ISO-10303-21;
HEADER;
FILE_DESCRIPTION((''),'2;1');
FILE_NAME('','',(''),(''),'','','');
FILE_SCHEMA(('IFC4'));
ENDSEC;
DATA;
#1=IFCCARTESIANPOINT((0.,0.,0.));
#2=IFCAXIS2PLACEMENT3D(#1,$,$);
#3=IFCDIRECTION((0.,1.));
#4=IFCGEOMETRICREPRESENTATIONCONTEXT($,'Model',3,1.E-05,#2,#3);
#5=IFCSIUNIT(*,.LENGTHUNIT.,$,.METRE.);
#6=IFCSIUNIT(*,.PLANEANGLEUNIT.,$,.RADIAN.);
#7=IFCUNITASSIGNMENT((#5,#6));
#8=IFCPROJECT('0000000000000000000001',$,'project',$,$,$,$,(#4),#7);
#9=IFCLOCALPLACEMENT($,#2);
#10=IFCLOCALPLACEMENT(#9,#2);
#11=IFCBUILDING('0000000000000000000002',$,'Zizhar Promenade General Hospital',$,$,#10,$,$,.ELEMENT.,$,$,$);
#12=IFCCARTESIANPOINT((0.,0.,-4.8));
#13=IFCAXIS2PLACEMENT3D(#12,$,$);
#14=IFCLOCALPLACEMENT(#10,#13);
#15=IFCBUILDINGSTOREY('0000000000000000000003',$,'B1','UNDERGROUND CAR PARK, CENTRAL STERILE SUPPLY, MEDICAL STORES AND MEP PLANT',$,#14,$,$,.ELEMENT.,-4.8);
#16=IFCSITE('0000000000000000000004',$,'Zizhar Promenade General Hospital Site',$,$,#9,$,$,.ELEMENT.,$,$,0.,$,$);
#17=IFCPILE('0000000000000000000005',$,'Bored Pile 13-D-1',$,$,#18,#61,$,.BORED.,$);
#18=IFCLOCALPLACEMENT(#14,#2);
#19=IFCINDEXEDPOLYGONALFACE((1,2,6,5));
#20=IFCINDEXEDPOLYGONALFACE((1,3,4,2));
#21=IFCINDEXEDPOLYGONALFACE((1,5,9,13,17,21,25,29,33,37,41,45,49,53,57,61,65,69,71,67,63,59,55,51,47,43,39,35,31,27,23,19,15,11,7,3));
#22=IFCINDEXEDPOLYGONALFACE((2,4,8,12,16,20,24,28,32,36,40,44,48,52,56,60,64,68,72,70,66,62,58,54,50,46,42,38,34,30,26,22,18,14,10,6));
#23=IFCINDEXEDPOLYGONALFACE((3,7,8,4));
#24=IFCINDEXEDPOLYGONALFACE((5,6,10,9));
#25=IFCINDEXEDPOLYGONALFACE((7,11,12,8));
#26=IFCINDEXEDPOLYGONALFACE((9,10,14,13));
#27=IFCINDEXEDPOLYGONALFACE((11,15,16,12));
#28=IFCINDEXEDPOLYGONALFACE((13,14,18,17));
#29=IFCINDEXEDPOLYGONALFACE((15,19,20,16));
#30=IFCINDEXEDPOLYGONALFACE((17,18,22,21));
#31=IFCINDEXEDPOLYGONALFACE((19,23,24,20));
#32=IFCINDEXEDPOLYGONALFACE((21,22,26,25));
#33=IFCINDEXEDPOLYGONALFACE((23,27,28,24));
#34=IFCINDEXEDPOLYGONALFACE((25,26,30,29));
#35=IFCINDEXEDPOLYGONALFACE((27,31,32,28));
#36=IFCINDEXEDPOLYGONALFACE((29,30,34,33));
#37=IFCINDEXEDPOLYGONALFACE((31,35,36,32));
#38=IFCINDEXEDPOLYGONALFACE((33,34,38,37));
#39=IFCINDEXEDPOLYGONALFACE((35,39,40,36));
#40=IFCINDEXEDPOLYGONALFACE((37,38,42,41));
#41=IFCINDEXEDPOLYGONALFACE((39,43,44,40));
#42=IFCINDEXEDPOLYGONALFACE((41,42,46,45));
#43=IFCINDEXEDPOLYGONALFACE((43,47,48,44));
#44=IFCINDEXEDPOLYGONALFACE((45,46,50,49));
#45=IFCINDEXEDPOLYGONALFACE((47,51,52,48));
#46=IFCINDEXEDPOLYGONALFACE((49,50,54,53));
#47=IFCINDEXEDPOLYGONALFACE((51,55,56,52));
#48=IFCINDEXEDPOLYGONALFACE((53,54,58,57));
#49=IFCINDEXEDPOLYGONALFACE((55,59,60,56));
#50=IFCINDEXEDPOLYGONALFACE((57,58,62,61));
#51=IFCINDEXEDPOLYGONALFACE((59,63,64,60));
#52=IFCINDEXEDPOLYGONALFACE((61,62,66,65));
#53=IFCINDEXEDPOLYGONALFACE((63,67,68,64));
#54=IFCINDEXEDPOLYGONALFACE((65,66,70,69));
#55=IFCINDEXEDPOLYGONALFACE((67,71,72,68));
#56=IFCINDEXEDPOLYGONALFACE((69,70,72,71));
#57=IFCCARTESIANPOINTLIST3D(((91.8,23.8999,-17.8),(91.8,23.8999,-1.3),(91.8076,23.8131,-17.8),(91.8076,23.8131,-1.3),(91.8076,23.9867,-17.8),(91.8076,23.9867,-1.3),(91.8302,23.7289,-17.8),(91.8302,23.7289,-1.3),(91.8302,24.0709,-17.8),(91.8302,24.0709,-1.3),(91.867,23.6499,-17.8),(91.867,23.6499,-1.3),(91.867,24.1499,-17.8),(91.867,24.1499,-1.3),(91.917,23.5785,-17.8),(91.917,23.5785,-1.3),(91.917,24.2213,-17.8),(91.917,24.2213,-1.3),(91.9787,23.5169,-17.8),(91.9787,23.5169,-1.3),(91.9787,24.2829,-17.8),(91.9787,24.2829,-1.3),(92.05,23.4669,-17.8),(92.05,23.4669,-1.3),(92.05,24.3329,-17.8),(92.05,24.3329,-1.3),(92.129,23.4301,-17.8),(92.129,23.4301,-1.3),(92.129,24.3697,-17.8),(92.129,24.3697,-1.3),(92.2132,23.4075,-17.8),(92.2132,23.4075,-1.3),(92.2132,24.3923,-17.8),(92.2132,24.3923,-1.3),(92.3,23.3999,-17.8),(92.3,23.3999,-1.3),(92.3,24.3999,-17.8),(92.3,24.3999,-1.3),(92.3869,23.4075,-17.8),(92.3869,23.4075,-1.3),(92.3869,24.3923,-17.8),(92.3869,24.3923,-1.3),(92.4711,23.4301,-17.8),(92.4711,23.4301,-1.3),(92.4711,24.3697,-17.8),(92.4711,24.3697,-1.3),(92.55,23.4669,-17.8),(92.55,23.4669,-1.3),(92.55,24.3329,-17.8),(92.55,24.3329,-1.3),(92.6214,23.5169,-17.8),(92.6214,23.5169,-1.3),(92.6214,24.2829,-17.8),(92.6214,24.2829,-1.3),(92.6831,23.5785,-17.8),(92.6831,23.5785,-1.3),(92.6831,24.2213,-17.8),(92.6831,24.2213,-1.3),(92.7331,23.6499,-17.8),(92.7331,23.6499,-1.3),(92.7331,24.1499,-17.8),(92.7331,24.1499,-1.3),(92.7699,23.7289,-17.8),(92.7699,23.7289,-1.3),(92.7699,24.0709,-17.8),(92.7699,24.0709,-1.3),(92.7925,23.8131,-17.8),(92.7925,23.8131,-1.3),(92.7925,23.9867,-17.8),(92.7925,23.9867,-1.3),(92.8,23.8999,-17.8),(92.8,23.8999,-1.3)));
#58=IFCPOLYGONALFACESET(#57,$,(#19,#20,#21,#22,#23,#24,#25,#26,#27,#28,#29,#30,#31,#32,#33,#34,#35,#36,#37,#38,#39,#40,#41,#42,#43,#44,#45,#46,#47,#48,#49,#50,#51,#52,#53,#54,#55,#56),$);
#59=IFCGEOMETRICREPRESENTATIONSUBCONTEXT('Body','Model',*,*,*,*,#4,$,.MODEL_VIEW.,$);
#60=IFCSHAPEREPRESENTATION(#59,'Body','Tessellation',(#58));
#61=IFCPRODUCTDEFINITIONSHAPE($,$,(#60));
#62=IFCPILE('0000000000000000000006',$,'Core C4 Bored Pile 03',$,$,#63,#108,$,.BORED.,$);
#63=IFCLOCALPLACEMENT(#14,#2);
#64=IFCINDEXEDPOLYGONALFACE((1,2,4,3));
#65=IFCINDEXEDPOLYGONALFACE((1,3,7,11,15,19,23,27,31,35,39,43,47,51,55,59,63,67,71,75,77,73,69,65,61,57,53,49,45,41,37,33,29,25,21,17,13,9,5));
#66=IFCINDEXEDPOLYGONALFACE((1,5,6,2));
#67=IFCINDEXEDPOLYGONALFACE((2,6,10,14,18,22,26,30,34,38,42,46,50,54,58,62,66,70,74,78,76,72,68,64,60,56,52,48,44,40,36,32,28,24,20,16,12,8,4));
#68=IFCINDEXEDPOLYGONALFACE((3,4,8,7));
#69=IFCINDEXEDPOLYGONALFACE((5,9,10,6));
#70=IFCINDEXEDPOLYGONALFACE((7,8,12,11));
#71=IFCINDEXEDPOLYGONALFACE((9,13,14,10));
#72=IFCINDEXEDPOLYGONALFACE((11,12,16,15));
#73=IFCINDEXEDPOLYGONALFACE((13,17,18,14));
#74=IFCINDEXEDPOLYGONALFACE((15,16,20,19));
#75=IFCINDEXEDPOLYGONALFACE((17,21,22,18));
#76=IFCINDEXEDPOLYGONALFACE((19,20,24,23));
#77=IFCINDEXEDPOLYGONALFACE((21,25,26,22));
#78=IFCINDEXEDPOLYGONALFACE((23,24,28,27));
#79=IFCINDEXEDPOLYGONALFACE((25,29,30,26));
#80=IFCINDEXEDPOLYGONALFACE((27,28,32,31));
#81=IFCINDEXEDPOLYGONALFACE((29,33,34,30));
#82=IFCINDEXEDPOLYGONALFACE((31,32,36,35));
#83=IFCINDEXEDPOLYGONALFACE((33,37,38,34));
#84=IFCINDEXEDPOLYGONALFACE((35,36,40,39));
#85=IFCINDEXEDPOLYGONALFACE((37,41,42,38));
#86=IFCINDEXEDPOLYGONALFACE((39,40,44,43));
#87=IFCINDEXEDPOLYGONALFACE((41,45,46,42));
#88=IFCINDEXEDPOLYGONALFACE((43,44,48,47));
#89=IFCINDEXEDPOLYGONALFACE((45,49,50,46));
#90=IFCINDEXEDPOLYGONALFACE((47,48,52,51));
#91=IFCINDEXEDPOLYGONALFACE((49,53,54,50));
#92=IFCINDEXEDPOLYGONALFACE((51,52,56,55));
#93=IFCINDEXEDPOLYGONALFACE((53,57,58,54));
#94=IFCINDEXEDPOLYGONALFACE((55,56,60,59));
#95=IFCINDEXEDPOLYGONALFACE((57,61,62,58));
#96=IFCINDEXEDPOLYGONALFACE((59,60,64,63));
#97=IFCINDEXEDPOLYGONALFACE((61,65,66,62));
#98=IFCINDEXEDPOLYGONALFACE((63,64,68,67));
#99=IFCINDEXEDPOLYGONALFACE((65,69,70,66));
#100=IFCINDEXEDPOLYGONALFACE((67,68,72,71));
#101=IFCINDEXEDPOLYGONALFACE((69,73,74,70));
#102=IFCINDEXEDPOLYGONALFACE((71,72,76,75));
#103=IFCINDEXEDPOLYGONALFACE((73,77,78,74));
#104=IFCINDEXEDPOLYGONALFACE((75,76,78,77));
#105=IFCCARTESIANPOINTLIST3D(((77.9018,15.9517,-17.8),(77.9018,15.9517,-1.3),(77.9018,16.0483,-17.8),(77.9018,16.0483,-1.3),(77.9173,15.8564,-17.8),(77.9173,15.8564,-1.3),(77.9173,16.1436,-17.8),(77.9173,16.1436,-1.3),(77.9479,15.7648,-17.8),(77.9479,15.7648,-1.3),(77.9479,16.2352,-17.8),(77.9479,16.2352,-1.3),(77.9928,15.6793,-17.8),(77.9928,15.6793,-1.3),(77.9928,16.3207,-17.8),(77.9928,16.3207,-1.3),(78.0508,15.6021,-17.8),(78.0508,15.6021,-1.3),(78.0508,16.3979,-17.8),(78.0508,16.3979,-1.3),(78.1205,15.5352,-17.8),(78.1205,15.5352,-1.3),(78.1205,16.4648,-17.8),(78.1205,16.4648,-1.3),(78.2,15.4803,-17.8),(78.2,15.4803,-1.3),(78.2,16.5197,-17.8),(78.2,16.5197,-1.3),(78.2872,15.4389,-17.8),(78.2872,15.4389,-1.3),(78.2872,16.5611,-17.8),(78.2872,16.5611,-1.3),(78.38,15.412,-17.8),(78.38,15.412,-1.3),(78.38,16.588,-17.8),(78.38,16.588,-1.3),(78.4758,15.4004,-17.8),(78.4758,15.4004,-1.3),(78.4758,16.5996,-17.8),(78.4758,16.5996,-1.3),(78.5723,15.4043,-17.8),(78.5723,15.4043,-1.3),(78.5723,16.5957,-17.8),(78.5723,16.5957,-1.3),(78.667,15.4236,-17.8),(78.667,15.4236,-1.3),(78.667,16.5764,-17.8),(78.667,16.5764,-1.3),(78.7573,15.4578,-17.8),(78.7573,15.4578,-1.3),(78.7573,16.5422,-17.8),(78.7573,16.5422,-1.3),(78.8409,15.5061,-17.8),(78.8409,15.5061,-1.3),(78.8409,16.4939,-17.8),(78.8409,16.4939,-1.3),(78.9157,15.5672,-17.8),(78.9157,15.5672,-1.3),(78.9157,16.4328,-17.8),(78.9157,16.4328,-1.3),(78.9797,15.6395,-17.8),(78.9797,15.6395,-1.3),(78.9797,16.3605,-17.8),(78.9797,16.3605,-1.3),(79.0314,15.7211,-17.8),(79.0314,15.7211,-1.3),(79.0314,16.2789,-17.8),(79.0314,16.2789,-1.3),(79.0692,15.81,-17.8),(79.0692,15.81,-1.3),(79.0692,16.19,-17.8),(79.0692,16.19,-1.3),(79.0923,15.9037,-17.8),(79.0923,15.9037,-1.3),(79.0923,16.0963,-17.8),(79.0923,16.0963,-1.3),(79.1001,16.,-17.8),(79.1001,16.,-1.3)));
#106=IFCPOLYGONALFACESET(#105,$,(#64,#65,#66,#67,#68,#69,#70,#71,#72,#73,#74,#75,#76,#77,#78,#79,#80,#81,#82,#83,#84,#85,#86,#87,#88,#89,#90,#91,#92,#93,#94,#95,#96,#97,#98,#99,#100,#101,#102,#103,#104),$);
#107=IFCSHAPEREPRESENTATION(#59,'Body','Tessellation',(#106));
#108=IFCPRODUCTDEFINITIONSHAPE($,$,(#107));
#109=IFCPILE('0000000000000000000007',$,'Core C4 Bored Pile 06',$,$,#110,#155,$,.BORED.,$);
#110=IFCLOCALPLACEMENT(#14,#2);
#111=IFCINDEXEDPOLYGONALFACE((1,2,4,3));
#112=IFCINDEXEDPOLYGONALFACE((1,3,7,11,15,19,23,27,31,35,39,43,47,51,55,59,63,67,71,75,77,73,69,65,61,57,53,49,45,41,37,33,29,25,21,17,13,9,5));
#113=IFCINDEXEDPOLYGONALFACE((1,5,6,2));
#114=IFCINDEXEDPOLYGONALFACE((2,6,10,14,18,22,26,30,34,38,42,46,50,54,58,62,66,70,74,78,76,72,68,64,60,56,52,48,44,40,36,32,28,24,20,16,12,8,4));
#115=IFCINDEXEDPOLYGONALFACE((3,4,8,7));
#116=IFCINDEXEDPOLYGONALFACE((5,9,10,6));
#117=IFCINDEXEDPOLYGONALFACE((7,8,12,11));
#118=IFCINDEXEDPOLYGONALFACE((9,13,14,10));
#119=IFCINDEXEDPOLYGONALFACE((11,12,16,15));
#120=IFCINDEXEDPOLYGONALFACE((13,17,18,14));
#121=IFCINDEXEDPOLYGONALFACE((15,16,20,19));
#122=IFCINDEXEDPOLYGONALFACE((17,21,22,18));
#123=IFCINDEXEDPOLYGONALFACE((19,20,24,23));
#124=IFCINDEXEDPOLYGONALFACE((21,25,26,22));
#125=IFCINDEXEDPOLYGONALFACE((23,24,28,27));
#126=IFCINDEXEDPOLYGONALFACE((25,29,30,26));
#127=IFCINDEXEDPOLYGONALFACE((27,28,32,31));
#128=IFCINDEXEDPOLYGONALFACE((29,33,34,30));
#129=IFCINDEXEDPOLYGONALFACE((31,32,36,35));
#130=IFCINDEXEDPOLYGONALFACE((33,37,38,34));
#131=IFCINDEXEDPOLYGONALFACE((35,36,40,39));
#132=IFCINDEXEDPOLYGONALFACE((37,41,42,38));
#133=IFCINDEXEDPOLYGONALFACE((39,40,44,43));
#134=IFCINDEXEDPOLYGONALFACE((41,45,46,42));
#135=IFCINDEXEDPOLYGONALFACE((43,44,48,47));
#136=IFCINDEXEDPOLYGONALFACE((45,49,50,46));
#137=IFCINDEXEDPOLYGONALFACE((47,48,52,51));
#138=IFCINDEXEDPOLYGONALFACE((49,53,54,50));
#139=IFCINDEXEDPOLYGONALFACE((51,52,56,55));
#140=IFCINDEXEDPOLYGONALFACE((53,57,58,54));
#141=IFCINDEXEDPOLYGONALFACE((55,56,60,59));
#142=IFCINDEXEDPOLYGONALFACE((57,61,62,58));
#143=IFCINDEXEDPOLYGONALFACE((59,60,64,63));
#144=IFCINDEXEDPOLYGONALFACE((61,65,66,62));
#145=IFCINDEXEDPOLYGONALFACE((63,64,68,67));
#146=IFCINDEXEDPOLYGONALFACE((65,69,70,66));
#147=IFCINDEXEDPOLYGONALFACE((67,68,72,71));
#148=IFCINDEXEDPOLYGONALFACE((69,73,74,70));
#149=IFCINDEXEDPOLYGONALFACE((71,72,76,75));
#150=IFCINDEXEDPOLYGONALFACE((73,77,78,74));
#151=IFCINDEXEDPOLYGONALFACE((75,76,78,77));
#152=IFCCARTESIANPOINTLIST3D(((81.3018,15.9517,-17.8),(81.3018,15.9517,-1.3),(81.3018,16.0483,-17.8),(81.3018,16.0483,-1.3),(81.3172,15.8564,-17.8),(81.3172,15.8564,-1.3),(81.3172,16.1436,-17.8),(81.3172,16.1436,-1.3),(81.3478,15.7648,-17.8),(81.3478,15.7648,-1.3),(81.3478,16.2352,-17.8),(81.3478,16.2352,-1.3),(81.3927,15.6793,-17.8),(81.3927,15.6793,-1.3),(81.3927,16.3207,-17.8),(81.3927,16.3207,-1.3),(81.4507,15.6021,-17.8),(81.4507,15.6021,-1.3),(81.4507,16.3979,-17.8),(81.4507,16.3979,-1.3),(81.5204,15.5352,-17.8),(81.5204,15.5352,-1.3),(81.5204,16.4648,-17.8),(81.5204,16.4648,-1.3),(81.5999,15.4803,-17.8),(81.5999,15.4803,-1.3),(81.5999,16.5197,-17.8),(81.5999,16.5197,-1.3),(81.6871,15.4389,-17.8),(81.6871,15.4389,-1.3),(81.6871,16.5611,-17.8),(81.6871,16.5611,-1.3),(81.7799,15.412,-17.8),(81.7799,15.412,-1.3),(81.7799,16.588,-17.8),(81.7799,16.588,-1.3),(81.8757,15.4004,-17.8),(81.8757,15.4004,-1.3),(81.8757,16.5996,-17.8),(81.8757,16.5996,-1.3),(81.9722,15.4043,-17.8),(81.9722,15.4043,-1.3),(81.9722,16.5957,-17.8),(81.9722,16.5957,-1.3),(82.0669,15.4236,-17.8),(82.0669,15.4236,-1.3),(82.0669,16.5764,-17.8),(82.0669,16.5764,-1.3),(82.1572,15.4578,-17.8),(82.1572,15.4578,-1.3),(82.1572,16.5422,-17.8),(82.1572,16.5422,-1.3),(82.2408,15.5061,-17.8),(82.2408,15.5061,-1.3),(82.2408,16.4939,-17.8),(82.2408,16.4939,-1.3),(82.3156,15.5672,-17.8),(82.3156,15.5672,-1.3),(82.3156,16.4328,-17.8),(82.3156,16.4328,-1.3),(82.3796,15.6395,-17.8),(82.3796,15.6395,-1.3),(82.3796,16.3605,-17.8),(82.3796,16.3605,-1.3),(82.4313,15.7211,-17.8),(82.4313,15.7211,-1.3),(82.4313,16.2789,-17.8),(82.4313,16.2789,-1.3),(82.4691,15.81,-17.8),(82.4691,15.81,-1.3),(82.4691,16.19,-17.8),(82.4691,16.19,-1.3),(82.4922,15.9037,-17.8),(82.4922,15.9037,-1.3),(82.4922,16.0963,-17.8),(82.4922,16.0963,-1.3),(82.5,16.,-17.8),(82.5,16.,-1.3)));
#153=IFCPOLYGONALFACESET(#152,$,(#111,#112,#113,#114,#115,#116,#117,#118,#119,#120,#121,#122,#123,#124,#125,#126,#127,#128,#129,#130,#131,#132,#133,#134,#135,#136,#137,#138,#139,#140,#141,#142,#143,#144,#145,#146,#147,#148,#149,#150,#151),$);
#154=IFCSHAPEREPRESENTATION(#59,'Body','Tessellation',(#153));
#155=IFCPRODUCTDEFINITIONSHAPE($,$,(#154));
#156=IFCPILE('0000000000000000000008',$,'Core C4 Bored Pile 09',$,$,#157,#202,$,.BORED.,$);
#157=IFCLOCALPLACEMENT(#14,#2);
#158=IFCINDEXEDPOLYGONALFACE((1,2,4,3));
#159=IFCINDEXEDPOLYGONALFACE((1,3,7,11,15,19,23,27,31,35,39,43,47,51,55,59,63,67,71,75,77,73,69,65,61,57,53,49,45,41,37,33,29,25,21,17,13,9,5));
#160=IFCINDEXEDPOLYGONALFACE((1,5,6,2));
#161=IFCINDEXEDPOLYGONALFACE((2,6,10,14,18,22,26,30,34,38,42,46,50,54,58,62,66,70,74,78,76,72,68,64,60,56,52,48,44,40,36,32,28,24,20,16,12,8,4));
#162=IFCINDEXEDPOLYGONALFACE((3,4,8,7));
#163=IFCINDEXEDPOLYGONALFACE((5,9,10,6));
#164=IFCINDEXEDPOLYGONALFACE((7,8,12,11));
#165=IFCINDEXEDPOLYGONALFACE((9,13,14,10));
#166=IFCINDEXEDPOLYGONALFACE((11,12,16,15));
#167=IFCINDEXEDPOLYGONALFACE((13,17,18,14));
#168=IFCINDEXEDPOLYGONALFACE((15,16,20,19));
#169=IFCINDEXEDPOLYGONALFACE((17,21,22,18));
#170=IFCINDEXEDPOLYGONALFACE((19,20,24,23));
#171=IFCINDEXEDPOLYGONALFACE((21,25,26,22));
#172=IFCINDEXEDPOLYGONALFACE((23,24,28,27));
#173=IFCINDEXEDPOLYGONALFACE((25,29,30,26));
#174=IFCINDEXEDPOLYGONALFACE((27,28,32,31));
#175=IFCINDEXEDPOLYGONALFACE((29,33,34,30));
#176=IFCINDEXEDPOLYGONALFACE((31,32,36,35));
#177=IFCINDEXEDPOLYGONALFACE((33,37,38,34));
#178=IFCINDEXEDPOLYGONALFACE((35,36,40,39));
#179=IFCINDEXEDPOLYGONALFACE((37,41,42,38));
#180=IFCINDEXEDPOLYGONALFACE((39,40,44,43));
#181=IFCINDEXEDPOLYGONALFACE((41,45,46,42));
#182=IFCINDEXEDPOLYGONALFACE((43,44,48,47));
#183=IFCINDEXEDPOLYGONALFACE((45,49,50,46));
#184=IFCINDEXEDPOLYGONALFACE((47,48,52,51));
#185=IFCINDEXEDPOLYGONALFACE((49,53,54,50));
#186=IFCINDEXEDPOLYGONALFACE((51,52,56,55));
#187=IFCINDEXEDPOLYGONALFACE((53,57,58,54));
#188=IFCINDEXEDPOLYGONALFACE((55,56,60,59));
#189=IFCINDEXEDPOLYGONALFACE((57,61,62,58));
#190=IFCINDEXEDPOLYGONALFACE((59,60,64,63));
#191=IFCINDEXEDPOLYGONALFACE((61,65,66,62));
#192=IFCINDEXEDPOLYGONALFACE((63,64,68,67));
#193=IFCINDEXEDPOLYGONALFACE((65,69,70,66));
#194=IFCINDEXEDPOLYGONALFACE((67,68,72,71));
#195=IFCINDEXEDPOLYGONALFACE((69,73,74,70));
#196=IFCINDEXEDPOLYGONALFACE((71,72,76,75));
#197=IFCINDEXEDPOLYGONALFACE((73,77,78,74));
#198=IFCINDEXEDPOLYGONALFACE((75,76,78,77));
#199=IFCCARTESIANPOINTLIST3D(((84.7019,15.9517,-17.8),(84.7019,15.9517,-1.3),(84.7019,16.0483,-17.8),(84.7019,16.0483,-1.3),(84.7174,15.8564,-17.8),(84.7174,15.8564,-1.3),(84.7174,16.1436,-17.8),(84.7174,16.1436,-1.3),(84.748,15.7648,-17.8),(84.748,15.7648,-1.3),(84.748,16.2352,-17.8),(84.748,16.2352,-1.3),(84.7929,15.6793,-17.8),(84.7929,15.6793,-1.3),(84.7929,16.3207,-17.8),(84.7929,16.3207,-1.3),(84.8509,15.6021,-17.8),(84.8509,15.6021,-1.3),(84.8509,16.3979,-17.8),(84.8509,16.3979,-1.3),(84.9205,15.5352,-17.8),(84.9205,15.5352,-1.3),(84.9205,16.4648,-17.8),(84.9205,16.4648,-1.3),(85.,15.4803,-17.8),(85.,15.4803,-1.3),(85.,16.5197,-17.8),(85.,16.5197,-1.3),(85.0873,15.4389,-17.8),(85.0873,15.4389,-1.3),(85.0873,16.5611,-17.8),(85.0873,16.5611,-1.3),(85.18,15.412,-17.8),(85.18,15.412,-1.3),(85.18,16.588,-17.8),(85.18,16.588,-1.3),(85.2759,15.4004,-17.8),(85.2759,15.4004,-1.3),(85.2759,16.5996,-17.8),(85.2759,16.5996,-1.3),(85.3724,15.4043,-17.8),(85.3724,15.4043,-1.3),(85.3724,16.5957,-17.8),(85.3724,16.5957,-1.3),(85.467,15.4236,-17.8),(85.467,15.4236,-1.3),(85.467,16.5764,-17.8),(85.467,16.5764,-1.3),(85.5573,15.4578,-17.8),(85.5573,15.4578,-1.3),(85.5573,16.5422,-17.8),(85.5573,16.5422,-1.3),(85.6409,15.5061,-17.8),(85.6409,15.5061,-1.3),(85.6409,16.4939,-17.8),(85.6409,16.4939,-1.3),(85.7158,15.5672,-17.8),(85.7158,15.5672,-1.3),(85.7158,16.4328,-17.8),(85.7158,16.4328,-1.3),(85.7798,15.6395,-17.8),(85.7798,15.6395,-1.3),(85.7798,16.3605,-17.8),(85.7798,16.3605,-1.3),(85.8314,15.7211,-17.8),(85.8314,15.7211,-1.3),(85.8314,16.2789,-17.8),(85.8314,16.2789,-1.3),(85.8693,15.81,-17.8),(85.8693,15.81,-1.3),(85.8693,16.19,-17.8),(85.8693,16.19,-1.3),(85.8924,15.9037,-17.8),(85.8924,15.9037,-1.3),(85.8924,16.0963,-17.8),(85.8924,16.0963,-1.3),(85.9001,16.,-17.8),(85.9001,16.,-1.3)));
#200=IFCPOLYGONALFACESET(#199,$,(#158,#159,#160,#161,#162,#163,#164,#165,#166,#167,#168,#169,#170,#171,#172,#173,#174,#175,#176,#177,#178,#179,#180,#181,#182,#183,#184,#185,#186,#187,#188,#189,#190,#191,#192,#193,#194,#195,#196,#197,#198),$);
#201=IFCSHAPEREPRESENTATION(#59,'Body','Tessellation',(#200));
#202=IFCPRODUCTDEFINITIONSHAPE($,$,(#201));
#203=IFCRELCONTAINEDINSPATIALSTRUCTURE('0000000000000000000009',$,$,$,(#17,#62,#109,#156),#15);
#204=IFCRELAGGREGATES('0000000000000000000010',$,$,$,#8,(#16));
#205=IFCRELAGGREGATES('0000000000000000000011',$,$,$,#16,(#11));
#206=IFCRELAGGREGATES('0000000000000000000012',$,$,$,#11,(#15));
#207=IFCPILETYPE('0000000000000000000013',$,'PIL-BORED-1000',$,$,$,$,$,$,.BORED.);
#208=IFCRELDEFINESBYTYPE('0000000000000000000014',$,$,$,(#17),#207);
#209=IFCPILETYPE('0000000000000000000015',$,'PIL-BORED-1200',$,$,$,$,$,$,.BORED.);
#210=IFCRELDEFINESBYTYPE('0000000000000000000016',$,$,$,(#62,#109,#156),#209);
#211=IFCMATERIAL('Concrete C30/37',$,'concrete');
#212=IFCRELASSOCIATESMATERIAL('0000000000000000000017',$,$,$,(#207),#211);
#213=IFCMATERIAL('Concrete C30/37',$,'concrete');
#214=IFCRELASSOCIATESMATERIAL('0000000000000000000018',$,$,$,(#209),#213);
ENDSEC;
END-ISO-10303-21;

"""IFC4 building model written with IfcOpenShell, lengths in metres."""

from ifc_helpers import new_model, si_unit, direction, frame, origin, origin_2d, place, context, subcontext, project, spatial, circle, extrude, material, material_profile, profile_set, type_object, element, save


model = new_model("IFC4")

# Units and contexts
model_context = context("Model", 3, precision=1e-05, world=origin(), true_north=direction((0.0, 1.0)))
body_context = subcontext(model_context, "Body", "Model", "MODEL_VIEW")
ifc_project = project(units=[si_unit("LENGTHUNIT", "METRE"), si_unit("PLANEANGLEUNIT", "RADIAN")], contexts=[model_context])

# Site, building, storey
site_placement = place(None, origin())
site = spatial("IfcSite", under=ifc_project, at=site_placement, Name="Zizhar Promenade General Hospital Site", CompositionType="ELEMENT", RefElevation=0.0)
building_placement = place(site_placement, origin())
building = spatial("IfcBuilding", under=site, at=building_placement, Name="Zizhar Promenade General Hospital", CompositionType="ELEMENT")
storey_placement = place(building_placement, frame((0.0, 0.0, -4.8)))
storey = spatial("IfcBuildingStorey", under=building, at=storey_placement, Name="B1", Description="UNDERGROUND CAR PARK, CENTRAL STERILE SUPPLY, MEDICAL STORES AND MEP PLANT", CompositionType="ELEMENT", Elevation=-4.8)

# Piles
ifc_material_1 = material(Name="Concrete C30/37", Category="concrete")
ifc_material_profile_1 = material_profile(ifc_material_1, circle(Radius=0.5, at=origin_2d()))
ifc_profile_set_1 = profile_set([ifc_material_profile_1], Name="Concrete C30/37")
pile_type_1 = type_object("IfcPileType", Name="PIL-BORED-1000", PredefinedType="BORED", material=ifc_profile_set_1)
for number, where, z_axis, x_axis, name in (
    (1, (92.3, 23.8999, -1.3), (0.0, 0.0, -1.0), (1.0, 0.0, 0.0), "Bored Pile 13-D-1"),
):
    element("IfcPile", number, at=place(storey_placement, frame(where, z_axis=z_axis, x_axis=x_axis)), inside=storey, type_object=pile_type_1, Name=name, PredefinedType="BORED", context=body_context, shape_type="SweptSolid", body=[
        extrude(circle(Radius=0.5, at=origin_2d()), origin(), (0.0, 0.0, 1.0), 16.5),
    ])
ifc_material_2 = material(Name="Concrete C30/37", Category="concrete")
ifc_material_profile_2 = material_profile(ifc_material_2, circle(Radius=0.6001, at=origin_2d()))
ifc_profile_set_2 = profile_set([ifc_material_profile_2], Name="Concrete C30/37")
pile_type_2 = type_object("IfcPileType", Name="PIL-BORED-1200", PredefinedType="BORED", material=ifc_profile_set_2)
for number, where, z_axis, x_axis, name in (
    (2, (78.5, 16.0, -1.3), (0.0, 0.0, -1.0), (1.0, 0.0, 0.0), "Core C4 Bored Pile 03"),
    (3, (81.8999, 16.0, -1.3), (0.0, 0.0, -1.0), (1.0, 0.0, 0.0), "Core C4 Bored Pile 06"),
    (4, (85.3, 16.0, -1.3), (0.0, 0.0, -1.0), (1.0, 0.0, 0.0), "Core C4 Bored Pile 09"),
):
    element("IfcPile", number, at=place(storey_placement, frame(where, z_axis=z_axis, x_axis=x_axis)), inside=storey, type_object=pile_type_2, Name=name, PredefinedType="BORED", context=body_context, shape_type="SweptSolid", body=[
        extrude(circle(Radius=0.6001, at=origin_2d()), origin(), (0.0, 0.0, 1.0), 16.5),
    ])

save(model, "model.ifc")
